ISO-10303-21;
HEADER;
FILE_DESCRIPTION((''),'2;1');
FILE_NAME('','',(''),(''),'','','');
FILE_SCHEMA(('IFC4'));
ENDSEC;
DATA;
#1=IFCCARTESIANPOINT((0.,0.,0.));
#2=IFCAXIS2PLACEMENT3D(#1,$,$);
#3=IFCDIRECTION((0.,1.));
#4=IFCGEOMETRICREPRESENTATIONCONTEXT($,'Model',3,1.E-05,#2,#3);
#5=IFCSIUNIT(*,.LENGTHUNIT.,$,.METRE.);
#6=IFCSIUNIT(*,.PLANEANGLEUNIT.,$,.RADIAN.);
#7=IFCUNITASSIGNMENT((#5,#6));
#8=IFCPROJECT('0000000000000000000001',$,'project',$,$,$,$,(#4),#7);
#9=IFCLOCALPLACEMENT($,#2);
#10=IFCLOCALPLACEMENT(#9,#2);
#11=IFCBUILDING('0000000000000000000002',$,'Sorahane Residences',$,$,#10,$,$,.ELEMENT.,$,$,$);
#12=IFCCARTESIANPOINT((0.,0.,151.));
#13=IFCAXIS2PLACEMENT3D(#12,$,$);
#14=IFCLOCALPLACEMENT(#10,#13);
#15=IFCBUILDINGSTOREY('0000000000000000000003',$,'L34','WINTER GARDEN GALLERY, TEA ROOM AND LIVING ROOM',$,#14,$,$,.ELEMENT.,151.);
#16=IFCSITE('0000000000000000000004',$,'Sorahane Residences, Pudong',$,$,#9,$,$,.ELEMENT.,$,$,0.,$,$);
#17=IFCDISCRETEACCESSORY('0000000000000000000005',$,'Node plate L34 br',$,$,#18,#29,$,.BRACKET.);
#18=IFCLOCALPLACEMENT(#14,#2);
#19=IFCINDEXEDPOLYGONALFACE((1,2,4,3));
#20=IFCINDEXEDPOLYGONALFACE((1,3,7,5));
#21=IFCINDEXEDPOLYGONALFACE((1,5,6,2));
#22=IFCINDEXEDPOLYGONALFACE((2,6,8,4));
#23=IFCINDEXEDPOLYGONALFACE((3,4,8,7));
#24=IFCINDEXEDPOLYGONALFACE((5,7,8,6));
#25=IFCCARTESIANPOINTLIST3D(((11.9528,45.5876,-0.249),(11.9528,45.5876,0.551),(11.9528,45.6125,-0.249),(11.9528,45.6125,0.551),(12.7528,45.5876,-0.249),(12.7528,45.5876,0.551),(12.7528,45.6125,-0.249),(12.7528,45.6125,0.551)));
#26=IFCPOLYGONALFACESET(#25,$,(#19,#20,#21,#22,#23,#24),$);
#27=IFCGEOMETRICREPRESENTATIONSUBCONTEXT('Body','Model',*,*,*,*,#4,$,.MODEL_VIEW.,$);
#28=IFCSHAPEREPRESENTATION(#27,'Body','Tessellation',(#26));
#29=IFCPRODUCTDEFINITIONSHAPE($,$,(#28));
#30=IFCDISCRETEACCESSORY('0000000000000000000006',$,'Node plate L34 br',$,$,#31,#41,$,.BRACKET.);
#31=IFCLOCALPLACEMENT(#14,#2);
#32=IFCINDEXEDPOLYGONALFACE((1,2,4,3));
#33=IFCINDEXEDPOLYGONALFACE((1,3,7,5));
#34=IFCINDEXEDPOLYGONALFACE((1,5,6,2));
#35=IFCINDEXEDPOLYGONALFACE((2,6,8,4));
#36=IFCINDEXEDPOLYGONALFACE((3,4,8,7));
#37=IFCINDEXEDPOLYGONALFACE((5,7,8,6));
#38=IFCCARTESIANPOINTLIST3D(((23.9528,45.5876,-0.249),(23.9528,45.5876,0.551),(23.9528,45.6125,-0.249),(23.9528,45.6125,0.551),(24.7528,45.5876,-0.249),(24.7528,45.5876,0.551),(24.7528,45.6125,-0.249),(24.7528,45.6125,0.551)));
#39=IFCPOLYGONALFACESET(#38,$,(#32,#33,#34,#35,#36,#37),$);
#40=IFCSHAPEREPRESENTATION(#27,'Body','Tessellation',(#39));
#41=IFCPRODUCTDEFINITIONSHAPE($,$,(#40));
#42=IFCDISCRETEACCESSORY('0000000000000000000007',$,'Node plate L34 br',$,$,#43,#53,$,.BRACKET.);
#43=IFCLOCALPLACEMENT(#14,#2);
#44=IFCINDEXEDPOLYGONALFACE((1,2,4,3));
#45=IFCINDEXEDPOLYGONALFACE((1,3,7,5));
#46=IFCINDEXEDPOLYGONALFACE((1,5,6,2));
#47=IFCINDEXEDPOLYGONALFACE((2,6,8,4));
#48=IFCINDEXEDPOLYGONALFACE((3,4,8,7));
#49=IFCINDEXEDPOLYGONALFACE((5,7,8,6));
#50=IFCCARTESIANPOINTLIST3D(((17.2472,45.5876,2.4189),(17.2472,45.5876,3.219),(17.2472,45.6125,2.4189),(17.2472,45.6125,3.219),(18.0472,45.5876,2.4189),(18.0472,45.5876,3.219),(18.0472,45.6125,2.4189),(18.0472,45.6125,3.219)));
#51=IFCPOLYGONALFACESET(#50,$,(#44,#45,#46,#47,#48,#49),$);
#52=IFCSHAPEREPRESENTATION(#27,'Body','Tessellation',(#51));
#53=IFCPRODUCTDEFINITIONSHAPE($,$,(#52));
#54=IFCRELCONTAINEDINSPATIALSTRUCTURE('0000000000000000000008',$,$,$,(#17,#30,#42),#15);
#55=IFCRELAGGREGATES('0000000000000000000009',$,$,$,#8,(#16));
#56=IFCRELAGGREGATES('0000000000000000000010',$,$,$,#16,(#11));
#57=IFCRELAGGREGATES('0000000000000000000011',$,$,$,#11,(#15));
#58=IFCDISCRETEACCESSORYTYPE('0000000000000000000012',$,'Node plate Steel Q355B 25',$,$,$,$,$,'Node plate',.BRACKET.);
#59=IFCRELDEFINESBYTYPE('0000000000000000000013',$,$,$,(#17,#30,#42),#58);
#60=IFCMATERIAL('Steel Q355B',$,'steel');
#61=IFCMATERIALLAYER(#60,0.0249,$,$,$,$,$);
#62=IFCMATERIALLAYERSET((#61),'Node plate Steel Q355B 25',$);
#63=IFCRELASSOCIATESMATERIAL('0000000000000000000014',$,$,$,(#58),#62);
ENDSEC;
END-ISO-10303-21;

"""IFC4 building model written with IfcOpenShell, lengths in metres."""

from ifc_helpers import new_model, si_unit, direction, frame, origin, origin_2d, place, context, subcontext, project, spatial, rectangle, extrude, material, layer, layer_set, type_object, element, save


model = new_model("IFC4")

# Units and contexts
model_context = context("Model", 3, precision=1e-05, world=origin(), true_north=direction((0.0, 1.0)))
body_context = subcontext(model_context, "Body", "Model", "MODEL_VIEW")
ifc_project = project(units=[si_unit("LENGTHUNIT", "METRE"), si_unit("PLANEANGLEUNIT", "RADIAN")], contexts=[model_context])

# Site, building, storey
site_placement = place(None, origin())
site = spatial("IfcSite", under=ifc_project, at=site_placement, Name="Sorahane Residences, Pudong", CompositionType="ELEMENT", RefElevation=0.0)
building_placement = place(site_placement, origin())
building = spatial("IfcBuilding", under=site, at=building_placement, Name="Sorahane Residences", CompositionType="ELEMENT")
storey_placement = place(building_placement, frame((0.0, 0.0, 151.0)))
storey = spatial("IfcBuildingStorey", under=building, at=storey_placement, Name="L34", Description="WINTER GARDEN GALLERY, TEA ROOM AND LIVING ROOM", CompositionType="ELEMENT", Elevation=151.0)

# Discrete accessories
ifc_material_1 = material(Name="Steel Q355B", Category="steel")
ifc_layer_1 = layer(ifc_material_1, 0.0249)
ifc_layer_set_1 = layer_set([ifc_layer_1], Name="Node plate Steel Q355B 25")
discrete_accessory_type = type_object("IfcDiscreteAccessoryType", Name="Node plate Steel Q355B 25", ElementType="Node plate", PredefinedType="BRACKET", material=ifc_layer_set_1)
for number, where, z_axis, x_axis, name in (
    (1, (12.3528, 45.6001, -0.249), (0.0, 0.0, 1.0), (1.0, 0.0, 0.0), "Node plate L34 br"),
    (2, (24.3528, 45.6001, -0.249), (0.0, 0.0, 1.0), (1.0, 0.0, 0.0), "Node plate L34 br"),
    (3, (17.6472, 45.6001, 2.4189), (0.0, 0.0, 1.0), (1.0, 0.0, 0.0), "Node plate L34 br"),
):
    element("IfcDiscreteAccessory", number, at=place(storey_placement, frame(where, z_axis=z_axis, x_axis=x_axis)), inside=storey, type_object=discrete_accessory_type, Name=name, PredefinedType="BRACKET", context=body_context, shape_type="SweptSolid", body=[
        extrude(rectangle(XDim=0.8, YDim=0.0249, at=origin_2d()), origin(), (0.0, 0.0, 1.0), 0.8),
    ])

save(model, "model.ifc")
